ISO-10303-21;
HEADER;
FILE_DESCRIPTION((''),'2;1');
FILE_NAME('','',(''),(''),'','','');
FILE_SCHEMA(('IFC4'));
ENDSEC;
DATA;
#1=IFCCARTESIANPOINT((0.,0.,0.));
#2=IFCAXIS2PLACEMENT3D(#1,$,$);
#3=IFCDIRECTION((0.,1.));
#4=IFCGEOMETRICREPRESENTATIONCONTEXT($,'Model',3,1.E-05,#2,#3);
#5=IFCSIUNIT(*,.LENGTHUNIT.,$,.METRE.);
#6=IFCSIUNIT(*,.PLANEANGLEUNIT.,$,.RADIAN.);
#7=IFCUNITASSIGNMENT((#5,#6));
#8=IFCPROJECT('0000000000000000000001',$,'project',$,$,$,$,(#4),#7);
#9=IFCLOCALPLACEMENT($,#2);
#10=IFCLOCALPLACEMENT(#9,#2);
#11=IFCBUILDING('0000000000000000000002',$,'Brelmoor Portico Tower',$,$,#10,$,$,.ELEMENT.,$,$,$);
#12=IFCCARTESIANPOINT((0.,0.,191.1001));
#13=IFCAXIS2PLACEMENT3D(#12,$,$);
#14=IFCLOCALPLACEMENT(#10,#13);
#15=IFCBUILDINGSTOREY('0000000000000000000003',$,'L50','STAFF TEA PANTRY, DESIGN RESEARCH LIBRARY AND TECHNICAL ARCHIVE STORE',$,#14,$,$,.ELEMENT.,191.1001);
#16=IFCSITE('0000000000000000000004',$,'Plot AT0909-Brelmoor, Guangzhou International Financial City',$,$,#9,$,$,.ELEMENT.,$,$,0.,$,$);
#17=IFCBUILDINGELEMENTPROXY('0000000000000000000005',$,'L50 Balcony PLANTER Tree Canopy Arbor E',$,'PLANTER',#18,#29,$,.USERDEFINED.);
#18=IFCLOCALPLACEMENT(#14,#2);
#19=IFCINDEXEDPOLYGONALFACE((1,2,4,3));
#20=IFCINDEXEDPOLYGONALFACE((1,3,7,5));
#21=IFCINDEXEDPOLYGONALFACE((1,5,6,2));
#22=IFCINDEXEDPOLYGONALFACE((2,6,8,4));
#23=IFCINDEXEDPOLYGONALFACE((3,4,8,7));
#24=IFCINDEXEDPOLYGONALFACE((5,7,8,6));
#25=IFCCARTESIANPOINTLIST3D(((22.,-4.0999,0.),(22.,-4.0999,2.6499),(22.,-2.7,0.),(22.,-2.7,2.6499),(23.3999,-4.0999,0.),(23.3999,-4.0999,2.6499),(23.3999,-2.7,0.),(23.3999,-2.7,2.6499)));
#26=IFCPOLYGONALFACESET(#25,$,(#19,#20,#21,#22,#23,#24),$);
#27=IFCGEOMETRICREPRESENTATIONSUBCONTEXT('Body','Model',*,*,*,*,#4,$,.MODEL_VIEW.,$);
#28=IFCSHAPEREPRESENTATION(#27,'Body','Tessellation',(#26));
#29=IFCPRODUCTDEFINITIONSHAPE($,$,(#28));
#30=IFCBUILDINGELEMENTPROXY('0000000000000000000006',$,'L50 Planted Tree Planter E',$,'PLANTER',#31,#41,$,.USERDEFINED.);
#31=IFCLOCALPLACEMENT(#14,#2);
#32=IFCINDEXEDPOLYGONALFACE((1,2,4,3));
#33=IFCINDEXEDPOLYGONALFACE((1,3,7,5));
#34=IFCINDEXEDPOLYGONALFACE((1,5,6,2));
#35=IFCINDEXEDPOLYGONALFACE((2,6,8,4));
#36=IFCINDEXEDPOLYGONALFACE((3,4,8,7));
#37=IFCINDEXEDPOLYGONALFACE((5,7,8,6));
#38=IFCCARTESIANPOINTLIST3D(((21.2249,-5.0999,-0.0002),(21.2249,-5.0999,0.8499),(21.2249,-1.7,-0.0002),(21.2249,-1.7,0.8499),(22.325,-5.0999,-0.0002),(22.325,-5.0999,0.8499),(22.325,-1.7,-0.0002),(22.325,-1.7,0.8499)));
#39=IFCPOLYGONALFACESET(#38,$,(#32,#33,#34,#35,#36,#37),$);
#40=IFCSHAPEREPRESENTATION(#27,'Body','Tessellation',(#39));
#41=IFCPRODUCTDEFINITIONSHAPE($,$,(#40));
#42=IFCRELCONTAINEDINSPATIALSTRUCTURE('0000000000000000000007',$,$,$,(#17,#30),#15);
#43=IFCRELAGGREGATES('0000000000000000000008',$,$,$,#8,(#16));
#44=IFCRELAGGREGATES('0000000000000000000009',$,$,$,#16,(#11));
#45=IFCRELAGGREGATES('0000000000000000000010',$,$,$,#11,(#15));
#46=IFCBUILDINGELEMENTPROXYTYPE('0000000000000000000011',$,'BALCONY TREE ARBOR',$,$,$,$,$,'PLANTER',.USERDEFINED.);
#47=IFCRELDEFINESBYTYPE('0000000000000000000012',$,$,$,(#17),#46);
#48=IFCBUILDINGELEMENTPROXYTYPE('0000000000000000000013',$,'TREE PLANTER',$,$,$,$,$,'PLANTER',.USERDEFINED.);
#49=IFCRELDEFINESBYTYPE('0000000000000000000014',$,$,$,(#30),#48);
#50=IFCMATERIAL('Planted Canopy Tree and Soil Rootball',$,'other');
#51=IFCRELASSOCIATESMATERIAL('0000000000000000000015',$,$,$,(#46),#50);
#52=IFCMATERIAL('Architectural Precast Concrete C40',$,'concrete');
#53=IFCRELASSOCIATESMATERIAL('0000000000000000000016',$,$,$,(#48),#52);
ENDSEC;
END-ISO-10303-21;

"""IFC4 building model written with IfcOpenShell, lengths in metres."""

from ifc_helpers import new_model, si_unit, direction, frame, origin, origin_2d, place, context, subcontext, project, spatial, rectangle, extrude, material, type_object, element, save


model = new_model("IFC4")

# Units and contexts
model_context = context("Model", 3, precision=1e-05, world=origin(), true_north=direction((0.0, 1.0)))
body_context = subcontext(model_context, "Body", "Model", "MODEL_VIEW")
ifc_project = project(units=[si_unit("LENGTHUNIT", "METRE"), si_unit("PLANEANGLEUNIT", "RADIAN")], contexts=[model_context])

# Site, building, storey
site_placement = place(None, origin())
site = spatial("IfcSite", under=ifc_project, at=site_placement, Name="Plot AT0909-Brelmoor, Guangzhou International Financial City", CompositionType="ELEMENT", RefElevation=0.0)
building_placement = place(site_placement, origin())
building = spatial("IfcBuilding", under=site, at=building_placement, Name="Brelmoor Portico Tower", CompositionType="ELEMENT")
storey_placement = place(building_placement, frame((0.0, 0.0, 191.1001)))
storey = spatial("IfcBuildingStorey", under=building, at=storey_placement, Name="L50", Description="STAFF TEA PANTRY, DESIGN RESEARCH LIBRARY AND TECHNICAL ARCHIVE STORE", CompositionType="ELEMENT", Elevation=191.1001)

# Building element proxies
ifc_material_1 = material(Name="Planted Canopy Tree and Soil Rootball", Category="other")
building_element_proxy_type_1 = type_object("IfcBuildingElementProxyType", Name="BALCONY TREE ARBOR", ElementType="PLANTER", PredefinedType="USERDEFINED", material=ifc_material_1)
proxy_1_placement = place(storey_placement, frame((22.7, -3.3999, 0.0), z_axis=(0.0, 0.0, 1.0), x_axis=(1.0, 0.0, 0.0)))
element("IfcBuildingElementProxy", 1, at=proxy_1_placement, inside=storey, type_object=building_element_proxy_type_1, Name="L50 Balcony PLANTER Tree Canopy Arbor E", ObjectType="PLANTER", PredefinedType="USERDEFINED", context=body_context, shape_type="SweptSolid", body=[
    extrude(rectangle(XDim=1.3999, YDim=1.3999, at=origin_2d()), origin(), (0.0, 0.0, 1.0), 2.6499),
])
ifc_material_2 = material(Name="Architectural Precast Concrete C40", Category="concrete")
building_element_proxy_type_2 = type_object("IfcBuildingElementProxyType", Name="TREE PLANTER", ElementType="PLANTER", PredefinedType="USERDEFINED", material=ifc_material_2)
proxy_2_placement = place(storey_placement, frame((21.7749, -3.3999, -0.0002), z_axis=(0.0, 0.0, 1.0), x_axis=(0.0, 1.0, 0.0)))
element("IfcBuildingElementProxy", 2, at=proxy_2_placement, inside=storey, type_object=building_element_proxy_type_2, Name="L50 Planted Tree Planter E", ObjectType="PLANTER", PredefinedType="USERDEFINED", context=body_context, shape_type="SweptSolid", body=[
    extrude(rectangle(XDim=3.3999, YDim=1.1001, at=origin_2d()), origin(), (0.0, 0.0, 1.0), 0.8501),
])

save(model, "model.ifc")
